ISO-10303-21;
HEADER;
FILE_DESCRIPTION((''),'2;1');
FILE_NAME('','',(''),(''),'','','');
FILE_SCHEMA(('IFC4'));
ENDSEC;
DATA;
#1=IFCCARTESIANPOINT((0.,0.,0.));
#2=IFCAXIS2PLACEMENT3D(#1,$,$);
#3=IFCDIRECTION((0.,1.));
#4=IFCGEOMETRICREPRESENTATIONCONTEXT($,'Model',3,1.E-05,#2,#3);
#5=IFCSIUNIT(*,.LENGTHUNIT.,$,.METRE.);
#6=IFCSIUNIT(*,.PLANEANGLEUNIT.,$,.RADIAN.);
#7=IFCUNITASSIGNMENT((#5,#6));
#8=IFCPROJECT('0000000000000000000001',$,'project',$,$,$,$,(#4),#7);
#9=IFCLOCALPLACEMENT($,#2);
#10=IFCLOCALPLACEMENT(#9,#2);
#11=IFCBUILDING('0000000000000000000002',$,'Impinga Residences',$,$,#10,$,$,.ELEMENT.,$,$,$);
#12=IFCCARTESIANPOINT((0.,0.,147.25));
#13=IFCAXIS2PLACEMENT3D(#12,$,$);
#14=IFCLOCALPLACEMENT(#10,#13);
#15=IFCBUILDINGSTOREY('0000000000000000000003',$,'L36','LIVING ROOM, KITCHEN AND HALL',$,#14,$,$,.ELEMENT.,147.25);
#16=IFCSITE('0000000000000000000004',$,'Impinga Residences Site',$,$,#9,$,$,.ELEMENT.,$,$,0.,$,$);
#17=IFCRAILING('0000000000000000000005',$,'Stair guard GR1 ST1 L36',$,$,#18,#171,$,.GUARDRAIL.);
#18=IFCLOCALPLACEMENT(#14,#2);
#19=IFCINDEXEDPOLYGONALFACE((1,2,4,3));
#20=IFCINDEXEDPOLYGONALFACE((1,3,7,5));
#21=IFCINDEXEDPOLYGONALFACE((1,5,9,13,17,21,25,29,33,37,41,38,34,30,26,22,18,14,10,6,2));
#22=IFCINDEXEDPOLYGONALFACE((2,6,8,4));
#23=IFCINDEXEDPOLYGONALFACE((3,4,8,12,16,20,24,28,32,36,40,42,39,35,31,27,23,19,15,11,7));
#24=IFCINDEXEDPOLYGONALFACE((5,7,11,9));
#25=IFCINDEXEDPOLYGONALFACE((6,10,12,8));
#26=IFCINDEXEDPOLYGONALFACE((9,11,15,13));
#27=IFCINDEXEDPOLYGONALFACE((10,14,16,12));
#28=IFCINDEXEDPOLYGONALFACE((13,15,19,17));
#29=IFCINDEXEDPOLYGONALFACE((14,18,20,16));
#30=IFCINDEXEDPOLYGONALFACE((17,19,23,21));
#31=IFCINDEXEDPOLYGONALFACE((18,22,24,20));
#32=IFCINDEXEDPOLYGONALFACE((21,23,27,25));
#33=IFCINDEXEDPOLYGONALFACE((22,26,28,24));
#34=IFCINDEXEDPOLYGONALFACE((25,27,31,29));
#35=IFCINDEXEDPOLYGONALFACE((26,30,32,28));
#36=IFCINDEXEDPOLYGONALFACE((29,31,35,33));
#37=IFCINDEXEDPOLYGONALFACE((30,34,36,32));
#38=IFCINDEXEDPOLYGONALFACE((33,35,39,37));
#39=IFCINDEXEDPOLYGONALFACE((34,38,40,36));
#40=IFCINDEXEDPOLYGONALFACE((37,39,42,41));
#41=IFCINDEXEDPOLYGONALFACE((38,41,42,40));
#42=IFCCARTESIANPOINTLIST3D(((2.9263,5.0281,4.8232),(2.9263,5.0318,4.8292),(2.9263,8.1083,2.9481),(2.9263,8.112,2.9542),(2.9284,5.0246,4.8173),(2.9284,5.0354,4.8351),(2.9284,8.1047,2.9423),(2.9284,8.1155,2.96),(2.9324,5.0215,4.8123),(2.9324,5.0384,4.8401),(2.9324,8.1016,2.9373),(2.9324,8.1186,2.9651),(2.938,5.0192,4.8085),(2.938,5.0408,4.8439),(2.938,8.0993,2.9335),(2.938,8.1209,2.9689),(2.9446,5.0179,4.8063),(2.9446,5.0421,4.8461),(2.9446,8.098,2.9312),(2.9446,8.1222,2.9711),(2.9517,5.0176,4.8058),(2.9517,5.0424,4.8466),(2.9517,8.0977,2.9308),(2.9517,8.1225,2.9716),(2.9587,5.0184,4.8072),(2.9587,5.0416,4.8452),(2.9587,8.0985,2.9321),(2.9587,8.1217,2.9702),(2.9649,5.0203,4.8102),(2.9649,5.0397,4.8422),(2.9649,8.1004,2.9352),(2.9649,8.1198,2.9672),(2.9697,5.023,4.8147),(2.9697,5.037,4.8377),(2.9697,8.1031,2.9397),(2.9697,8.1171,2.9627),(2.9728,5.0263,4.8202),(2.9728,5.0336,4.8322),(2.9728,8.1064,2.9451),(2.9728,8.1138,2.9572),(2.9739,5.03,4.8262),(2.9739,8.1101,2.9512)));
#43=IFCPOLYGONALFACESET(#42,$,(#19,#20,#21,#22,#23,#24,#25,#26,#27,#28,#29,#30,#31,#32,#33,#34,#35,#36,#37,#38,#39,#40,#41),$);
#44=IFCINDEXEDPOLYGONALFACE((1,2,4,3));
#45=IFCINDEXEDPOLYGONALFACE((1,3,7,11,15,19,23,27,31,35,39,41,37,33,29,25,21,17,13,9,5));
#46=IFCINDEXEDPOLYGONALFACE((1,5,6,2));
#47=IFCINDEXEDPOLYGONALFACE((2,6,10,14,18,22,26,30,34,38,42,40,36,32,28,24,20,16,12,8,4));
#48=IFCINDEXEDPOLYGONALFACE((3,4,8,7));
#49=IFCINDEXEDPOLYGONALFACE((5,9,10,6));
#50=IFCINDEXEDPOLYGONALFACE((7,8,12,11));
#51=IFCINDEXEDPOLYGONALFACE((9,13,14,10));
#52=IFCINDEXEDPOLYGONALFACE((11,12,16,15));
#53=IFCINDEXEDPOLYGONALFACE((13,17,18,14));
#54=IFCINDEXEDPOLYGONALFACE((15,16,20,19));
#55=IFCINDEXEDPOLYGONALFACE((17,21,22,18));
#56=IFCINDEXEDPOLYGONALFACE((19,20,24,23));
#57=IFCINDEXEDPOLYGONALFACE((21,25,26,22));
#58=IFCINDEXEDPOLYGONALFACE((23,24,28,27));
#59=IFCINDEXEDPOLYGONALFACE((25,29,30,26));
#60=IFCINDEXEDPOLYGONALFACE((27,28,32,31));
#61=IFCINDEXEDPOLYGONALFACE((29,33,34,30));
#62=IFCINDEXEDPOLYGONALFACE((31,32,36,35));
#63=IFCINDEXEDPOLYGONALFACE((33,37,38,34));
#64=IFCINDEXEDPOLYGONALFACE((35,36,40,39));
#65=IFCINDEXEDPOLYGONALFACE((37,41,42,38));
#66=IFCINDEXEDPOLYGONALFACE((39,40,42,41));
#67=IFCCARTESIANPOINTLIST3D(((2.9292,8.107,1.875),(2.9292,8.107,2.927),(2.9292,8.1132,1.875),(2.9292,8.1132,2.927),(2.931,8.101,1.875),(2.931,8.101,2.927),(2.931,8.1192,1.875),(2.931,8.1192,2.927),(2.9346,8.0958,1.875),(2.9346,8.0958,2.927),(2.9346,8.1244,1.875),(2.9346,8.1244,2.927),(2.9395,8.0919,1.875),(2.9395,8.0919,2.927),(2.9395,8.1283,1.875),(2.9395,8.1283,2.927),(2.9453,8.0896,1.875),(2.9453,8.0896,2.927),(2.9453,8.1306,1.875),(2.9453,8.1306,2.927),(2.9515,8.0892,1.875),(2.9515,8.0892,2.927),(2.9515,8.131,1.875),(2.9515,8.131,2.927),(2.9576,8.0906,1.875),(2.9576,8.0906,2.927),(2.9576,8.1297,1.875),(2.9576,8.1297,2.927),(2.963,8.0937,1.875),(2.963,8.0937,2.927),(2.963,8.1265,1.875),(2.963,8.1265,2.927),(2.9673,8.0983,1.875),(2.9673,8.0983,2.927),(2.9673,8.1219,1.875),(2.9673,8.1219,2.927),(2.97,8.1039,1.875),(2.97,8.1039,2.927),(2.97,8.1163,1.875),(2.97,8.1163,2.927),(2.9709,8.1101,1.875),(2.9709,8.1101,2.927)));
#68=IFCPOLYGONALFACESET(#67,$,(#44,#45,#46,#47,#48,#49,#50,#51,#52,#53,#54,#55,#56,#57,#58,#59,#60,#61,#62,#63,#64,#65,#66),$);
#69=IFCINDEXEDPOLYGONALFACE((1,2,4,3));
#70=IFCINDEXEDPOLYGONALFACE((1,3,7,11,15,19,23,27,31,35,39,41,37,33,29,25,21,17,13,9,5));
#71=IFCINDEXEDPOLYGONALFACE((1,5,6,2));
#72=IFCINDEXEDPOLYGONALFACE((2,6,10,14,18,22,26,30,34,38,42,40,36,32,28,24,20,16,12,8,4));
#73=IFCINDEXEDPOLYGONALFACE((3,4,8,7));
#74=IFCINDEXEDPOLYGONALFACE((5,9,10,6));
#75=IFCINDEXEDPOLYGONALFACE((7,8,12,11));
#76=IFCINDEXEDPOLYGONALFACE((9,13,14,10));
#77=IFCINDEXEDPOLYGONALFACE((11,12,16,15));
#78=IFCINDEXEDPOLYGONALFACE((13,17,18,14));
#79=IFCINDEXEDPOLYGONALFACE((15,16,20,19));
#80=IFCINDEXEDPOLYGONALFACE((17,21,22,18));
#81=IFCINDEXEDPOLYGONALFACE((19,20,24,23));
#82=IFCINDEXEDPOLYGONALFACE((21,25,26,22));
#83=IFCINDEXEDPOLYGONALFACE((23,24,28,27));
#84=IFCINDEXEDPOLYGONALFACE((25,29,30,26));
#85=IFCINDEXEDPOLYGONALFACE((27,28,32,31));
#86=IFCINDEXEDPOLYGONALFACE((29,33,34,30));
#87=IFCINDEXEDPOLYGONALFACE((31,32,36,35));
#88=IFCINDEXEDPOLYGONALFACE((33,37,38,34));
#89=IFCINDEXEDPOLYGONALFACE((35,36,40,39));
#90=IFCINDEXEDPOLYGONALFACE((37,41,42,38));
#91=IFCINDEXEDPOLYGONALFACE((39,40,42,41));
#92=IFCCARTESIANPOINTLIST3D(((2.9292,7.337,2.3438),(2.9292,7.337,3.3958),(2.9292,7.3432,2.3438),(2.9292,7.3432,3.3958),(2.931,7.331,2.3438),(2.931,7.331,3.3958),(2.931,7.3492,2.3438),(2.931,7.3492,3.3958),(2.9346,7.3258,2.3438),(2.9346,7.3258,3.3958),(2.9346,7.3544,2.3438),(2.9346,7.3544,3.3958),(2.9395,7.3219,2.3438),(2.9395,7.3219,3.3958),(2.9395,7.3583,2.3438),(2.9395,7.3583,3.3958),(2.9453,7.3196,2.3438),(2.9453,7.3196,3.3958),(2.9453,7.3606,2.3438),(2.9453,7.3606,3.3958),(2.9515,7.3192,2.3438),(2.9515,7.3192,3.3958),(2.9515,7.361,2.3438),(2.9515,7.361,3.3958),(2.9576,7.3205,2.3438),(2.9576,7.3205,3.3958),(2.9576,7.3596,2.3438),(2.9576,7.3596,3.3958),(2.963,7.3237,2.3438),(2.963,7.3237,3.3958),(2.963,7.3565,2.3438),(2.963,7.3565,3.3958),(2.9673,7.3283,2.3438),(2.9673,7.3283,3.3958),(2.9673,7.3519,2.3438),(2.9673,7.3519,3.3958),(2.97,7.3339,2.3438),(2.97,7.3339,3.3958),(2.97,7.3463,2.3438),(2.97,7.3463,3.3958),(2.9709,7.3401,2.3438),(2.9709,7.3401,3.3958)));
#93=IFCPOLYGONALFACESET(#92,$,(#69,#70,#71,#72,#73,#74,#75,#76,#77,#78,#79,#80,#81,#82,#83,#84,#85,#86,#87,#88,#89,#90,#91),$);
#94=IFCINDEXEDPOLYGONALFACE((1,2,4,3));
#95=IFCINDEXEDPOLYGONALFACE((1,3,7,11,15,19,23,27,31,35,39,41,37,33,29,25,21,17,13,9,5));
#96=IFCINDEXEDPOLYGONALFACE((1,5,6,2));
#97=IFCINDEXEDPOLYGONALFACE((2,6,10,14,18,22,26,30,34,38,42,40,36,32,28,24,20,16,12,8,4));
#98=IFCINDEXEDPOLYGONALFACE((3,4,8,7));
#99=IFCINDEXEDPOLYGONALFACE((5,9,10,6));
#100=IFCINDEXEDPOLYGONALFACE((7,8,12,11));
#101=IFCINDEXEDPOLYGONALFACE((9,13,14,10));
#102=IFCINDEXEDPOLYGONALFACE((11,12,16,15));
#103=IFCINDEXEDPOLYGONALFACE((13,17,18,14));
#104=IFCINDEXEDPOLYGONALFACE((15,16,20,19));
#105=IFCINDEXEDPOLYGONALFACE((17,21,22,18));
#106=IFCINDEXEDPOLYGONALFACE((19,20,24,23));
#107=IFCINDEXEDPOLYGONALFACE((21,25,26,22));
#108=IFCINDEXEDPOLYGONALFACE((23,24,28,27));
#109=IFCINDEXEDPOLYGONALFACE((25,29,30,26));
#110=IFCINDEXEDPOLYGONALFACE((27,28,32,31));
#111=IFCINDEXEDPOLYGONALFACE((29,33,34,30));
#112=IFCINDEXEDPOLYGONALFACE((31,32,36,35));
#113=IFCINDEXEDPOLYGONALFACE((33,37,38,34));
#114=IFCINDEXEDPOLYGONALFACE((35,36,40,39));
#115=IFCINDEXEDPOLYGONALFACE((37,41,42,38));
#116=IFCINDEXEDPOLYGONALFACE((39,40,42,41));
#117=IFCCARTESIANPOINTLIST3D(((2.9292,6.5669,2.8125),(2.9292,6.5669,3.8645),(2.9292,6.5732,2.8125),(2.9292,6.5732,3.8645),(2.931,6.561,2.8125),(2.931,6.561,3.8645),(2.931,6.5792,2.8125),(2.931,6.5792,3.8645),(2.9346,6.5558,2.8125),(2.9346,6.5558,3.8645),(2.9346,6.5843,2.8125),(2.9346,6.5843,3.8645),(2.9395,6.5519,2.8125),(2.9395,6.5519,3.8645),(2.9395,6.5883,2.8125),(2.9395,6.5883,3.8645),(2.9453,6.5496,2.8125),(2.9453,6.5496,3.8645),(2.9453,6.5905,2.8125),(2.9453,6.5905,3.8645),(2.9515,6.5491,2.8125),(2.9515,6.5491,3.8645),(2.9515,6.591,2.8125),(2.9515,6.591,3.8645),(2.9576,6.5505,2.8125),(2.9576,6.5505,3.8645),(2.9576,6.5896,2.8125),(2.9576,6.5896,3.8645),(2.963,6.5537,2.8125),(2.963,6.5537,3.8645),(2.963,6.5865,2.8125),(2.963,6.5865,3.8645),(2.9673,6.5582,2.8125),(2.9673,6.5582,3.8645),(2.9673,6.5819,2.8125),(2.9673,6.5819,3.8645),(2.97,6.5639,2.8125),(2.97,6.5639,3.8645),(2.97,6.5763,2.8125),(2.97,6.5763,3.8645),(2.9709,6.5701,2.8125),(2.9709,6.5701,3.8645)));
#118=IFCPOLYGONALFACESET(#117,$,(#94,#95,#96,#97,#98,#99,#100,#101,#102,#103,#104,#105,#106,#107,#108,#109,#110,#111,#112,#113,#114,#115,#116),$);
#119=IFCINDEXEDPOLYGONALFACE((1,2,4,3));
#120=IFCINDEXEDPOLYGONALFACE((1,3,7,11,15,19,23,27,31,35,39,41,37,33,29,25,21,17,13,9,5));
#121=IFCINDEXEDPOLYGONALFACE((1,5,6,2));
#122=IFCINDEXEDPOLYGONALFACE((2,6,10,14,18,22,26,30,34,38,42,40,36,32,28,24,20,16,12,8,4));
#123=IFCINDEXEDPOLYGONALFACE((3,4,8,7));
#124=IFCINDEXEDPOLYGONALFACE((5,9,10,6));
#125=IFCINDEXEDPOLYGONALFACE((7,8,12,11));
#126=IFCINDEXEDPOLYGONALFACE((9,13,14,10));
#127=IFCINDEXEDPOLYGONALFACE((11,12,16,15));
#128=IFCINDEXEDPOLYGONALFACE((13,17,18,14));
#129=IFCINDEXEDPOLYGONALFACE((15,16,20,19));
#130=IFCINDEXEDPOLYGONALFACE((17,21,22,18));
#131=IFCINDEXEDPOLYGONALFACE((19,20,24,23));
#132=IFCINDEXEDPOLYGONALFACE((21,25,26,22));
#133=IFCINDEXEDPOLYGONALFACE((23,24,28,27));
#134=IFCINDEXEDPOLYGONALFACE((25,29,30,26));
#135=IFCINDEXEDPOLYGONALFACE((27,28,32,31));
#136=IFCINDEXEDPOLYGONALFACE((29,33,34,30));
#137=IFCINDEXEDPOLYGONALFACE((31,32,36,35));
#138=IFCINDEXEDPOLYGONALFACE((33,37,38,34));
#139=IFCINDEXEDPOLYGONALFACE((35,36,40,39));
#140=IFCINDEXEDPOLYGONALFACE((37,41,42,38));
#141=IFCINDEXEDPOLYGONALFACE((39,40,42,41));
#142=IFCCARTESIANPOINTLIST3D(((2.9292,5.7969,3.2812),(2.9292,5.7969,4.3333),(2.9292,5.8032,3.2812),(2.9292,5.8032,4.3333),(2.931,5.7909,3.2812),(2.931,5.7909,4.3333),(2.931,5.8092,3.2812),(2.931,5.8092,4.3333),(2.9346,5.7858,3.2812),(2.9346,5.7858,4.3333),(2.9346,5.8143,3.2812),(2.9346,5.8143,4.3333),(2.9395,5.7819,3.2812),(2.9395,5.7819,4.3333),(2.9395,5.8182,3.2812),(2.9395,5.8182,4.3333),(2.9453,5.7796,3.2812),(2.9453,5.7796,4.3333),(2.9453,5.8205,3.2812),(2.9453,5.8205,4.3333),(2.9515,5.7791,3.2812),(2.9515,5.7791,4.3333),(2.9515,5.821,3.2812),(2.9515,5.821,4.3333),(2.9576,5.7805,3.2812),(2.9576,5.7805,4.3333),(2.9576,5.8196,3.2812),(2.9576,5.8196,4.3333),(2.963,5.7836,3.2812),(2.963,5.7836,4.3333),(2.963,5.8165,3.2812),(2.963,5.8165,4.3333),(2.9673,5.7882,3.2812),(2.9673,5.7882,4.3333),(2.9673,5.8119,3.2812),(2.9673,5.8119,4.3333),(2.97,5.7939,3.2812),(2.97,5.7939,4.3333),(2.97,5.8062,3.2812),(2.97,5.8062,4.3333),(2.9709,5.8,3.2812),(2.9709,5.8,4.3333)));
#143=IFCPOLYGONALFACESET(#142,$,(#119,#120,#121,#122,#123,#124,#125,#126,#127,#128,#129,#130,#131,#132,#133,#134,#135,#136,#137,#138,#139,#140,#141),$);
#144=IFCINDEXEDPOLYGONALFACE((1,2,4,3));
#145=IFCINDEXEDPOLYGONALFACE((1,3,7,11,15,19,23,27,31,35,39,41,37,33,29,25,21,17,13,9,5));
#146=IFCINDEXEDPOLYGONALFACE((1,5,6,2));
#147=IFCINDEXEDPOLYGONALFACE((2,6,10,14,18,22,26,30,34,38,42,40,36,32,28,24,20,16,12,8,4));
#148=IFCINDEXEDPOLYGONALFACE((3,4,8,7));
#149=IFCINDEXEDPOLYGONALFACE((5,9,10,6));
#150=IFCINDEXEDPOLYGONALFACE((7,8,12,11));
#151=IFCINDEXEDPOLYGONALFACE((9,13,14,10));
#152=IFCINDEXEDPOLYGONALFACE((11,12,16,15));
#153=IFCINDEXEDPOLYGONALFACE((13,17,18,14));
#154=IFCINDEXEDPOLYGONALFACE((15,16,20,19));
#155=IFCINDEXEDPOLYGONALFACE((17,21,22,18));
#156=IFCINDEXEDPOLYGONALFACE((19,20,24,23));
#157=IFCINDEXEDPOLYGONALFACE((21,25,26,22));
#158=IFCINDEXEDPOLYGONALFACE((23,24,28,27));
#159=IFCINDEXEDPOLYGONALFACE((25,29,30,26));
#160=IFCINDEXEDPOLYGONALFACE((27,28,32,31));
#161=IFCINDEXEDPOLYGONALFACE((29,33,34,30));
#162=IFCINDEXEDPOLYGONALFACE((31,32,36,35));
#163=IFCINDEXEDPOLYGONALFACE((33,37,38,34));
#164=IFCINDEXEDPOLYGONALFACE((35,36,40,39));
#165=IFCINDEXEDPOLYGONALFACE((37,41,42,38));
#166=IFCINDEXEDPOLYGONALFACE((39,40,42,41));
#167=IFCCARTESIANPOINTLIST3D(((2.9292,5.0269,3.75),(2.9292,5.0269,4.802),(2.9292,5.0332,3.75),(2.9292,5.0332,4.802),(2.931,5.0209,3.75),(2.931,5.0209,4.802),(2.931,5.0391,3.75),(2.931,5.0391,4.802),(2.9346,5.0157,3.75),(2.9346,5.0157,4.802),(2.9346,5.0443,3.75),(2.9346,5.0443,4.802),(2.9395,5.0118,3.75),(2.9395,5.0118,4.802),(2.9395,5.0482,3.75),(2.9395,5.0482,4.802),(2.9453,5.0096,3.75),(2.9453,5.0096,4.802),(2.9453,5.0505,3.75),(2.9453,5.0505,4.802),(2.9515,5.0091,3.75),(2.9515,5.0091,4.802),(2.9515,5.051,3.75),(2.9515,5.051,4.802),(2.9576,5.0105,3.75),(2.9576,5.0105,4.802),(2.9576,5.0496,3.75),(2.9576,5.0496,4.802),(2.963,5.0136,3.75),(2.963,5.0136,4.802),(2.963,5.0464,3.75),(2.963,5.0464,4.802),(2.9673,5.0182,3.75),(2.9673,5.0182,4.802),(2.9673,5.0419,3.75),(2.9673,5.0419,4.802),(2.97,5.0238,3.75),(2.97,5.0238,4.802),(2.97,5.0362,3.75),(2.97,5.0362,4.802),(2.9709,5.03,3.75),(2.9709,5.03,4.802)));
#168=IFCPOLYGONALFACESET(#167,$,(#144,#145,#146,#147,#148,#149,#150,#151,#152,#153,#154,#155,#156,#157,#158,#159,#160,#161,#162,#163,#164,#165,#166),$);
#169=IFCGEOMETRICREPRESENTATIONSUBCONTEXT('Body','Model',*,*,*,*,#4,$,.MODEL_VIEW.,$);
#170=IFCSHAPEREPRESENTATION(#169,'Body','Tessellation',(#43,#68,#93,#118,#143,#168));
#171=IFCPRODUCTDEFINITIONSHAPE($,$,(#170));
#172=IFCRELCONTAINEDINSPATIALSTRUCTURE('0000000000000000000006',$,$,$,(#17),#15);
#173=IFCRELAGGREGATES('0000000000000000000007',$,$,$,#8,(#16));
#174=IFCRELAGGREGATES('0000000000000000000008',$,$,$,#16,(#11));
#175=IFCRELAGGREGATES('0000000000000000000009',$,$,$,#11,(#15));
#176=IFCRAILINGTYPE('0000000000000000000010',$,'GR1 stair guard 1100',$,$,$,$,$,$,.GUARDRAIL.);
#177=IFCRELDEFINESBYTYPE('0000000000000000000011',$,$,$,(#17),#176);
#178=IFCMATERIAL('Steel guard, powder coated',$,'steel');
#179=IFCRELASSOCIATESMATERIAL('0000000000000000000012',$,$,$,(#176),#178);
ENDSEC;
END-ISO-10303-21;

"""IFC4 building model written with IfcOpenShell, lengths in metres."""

from ifc_helpers import new_model, si_unit, direction, frame, origin, origin_2d, place, context, subcontext, project, spatial, circle, extrude, material, type_object, element, save


model = new_model("IFC4")

# Units and contexts
model_context = context("Model", 3, precision=1e-05, world=origin(), true_north=direction((0.0, 1.0)))
body_context = subcontext(model_context, "Body", "Model", "MODEL_VIEW")
ifc_project = project(units=[si_unit("LENGTHUNIT", "METRE"), si_unit("PLANEANGLEUNIT", "RADIAN")], contexts=[model_context])

# Site, building, storey
site_placement = place(None, origin())
site = spatial("IfcSite", under=ifc_project, at=site_placement, Name="Impinga Residences Site", CompositionType="ELEMENT", RefElevation=0.0)
building_placement = place(site_placement, origin())
building = spatial("IfcBuilding", under=site, at=building_placement, Name="Impinga Residences", CompositionType="ELEMENT")
storey_placement = place(building_placement, frame((0.0, 0.0, 147.25)))
storey = spatial("IfcBuildingStorey", under=building, at=storey_placement, Name="L36", Description="LIVING ROOM, KITCHEN AND HALL", CompositionType="ELEMENT", Elevation=147.25)

# Railing
ifc_material_1 = material(Name="Steel guard, powder coated", Category="steel")
railing_type_1 = type_object("IfcRailingType", Name="GR1 stair guard 1100", PredefinedType="GUARDRAIL", material=ifc_material_1)
railing_1_placement = place(storey_placement, frame((2.95, 8.1101, 1.875)))
element("IfcRailing", 1, at=railing_1_placement, inside=storey, type_object=railing_type_1, Name="Stair guard GR1 ST1 L36", PredefinedType="GUARDRAIL", context=body_context, shape_type="SweptSolid", body=[
    extrude(circle(Radius=0.0239, at=origin_2d()), frame((0.0, 0.0, 1.0762), z_axis=(0.0, -0.854178, 0.519981), x_axis=(1.0, 0.0, 0.0)), (0.0, 0.0, 1.0), 3.606),
    extrude(circle(Radius=0.021, at=origin_2d()), origin(), (0.0, 0.0, 1.0), 1.052),
    extrude(circle(Radius=0.021, at=origin_2d()), frame((0.0, -0.77, 0.4688)), (0.0, 0.0, 1.0), 1.052),
    extrude(circle(Radius=0.021, at=origin_2d()), frame((0.0, -1.54, 0.9375)), (0.0, 0.0, 1.0), 1.052),
    extrude(circle(Radius=0.021, at=origin_2d()), frame((0.0, -2.3101, 1.4062)), (0.0, 0.0, 1.0), 1.052),
    extrude(circle(Radius=0.021, at=origin_2d()), frame((0.0, -3.0801, 1.875)), (0.0, 0.0, 1.0), 1.052),
])

save(model, "model.ifc")
